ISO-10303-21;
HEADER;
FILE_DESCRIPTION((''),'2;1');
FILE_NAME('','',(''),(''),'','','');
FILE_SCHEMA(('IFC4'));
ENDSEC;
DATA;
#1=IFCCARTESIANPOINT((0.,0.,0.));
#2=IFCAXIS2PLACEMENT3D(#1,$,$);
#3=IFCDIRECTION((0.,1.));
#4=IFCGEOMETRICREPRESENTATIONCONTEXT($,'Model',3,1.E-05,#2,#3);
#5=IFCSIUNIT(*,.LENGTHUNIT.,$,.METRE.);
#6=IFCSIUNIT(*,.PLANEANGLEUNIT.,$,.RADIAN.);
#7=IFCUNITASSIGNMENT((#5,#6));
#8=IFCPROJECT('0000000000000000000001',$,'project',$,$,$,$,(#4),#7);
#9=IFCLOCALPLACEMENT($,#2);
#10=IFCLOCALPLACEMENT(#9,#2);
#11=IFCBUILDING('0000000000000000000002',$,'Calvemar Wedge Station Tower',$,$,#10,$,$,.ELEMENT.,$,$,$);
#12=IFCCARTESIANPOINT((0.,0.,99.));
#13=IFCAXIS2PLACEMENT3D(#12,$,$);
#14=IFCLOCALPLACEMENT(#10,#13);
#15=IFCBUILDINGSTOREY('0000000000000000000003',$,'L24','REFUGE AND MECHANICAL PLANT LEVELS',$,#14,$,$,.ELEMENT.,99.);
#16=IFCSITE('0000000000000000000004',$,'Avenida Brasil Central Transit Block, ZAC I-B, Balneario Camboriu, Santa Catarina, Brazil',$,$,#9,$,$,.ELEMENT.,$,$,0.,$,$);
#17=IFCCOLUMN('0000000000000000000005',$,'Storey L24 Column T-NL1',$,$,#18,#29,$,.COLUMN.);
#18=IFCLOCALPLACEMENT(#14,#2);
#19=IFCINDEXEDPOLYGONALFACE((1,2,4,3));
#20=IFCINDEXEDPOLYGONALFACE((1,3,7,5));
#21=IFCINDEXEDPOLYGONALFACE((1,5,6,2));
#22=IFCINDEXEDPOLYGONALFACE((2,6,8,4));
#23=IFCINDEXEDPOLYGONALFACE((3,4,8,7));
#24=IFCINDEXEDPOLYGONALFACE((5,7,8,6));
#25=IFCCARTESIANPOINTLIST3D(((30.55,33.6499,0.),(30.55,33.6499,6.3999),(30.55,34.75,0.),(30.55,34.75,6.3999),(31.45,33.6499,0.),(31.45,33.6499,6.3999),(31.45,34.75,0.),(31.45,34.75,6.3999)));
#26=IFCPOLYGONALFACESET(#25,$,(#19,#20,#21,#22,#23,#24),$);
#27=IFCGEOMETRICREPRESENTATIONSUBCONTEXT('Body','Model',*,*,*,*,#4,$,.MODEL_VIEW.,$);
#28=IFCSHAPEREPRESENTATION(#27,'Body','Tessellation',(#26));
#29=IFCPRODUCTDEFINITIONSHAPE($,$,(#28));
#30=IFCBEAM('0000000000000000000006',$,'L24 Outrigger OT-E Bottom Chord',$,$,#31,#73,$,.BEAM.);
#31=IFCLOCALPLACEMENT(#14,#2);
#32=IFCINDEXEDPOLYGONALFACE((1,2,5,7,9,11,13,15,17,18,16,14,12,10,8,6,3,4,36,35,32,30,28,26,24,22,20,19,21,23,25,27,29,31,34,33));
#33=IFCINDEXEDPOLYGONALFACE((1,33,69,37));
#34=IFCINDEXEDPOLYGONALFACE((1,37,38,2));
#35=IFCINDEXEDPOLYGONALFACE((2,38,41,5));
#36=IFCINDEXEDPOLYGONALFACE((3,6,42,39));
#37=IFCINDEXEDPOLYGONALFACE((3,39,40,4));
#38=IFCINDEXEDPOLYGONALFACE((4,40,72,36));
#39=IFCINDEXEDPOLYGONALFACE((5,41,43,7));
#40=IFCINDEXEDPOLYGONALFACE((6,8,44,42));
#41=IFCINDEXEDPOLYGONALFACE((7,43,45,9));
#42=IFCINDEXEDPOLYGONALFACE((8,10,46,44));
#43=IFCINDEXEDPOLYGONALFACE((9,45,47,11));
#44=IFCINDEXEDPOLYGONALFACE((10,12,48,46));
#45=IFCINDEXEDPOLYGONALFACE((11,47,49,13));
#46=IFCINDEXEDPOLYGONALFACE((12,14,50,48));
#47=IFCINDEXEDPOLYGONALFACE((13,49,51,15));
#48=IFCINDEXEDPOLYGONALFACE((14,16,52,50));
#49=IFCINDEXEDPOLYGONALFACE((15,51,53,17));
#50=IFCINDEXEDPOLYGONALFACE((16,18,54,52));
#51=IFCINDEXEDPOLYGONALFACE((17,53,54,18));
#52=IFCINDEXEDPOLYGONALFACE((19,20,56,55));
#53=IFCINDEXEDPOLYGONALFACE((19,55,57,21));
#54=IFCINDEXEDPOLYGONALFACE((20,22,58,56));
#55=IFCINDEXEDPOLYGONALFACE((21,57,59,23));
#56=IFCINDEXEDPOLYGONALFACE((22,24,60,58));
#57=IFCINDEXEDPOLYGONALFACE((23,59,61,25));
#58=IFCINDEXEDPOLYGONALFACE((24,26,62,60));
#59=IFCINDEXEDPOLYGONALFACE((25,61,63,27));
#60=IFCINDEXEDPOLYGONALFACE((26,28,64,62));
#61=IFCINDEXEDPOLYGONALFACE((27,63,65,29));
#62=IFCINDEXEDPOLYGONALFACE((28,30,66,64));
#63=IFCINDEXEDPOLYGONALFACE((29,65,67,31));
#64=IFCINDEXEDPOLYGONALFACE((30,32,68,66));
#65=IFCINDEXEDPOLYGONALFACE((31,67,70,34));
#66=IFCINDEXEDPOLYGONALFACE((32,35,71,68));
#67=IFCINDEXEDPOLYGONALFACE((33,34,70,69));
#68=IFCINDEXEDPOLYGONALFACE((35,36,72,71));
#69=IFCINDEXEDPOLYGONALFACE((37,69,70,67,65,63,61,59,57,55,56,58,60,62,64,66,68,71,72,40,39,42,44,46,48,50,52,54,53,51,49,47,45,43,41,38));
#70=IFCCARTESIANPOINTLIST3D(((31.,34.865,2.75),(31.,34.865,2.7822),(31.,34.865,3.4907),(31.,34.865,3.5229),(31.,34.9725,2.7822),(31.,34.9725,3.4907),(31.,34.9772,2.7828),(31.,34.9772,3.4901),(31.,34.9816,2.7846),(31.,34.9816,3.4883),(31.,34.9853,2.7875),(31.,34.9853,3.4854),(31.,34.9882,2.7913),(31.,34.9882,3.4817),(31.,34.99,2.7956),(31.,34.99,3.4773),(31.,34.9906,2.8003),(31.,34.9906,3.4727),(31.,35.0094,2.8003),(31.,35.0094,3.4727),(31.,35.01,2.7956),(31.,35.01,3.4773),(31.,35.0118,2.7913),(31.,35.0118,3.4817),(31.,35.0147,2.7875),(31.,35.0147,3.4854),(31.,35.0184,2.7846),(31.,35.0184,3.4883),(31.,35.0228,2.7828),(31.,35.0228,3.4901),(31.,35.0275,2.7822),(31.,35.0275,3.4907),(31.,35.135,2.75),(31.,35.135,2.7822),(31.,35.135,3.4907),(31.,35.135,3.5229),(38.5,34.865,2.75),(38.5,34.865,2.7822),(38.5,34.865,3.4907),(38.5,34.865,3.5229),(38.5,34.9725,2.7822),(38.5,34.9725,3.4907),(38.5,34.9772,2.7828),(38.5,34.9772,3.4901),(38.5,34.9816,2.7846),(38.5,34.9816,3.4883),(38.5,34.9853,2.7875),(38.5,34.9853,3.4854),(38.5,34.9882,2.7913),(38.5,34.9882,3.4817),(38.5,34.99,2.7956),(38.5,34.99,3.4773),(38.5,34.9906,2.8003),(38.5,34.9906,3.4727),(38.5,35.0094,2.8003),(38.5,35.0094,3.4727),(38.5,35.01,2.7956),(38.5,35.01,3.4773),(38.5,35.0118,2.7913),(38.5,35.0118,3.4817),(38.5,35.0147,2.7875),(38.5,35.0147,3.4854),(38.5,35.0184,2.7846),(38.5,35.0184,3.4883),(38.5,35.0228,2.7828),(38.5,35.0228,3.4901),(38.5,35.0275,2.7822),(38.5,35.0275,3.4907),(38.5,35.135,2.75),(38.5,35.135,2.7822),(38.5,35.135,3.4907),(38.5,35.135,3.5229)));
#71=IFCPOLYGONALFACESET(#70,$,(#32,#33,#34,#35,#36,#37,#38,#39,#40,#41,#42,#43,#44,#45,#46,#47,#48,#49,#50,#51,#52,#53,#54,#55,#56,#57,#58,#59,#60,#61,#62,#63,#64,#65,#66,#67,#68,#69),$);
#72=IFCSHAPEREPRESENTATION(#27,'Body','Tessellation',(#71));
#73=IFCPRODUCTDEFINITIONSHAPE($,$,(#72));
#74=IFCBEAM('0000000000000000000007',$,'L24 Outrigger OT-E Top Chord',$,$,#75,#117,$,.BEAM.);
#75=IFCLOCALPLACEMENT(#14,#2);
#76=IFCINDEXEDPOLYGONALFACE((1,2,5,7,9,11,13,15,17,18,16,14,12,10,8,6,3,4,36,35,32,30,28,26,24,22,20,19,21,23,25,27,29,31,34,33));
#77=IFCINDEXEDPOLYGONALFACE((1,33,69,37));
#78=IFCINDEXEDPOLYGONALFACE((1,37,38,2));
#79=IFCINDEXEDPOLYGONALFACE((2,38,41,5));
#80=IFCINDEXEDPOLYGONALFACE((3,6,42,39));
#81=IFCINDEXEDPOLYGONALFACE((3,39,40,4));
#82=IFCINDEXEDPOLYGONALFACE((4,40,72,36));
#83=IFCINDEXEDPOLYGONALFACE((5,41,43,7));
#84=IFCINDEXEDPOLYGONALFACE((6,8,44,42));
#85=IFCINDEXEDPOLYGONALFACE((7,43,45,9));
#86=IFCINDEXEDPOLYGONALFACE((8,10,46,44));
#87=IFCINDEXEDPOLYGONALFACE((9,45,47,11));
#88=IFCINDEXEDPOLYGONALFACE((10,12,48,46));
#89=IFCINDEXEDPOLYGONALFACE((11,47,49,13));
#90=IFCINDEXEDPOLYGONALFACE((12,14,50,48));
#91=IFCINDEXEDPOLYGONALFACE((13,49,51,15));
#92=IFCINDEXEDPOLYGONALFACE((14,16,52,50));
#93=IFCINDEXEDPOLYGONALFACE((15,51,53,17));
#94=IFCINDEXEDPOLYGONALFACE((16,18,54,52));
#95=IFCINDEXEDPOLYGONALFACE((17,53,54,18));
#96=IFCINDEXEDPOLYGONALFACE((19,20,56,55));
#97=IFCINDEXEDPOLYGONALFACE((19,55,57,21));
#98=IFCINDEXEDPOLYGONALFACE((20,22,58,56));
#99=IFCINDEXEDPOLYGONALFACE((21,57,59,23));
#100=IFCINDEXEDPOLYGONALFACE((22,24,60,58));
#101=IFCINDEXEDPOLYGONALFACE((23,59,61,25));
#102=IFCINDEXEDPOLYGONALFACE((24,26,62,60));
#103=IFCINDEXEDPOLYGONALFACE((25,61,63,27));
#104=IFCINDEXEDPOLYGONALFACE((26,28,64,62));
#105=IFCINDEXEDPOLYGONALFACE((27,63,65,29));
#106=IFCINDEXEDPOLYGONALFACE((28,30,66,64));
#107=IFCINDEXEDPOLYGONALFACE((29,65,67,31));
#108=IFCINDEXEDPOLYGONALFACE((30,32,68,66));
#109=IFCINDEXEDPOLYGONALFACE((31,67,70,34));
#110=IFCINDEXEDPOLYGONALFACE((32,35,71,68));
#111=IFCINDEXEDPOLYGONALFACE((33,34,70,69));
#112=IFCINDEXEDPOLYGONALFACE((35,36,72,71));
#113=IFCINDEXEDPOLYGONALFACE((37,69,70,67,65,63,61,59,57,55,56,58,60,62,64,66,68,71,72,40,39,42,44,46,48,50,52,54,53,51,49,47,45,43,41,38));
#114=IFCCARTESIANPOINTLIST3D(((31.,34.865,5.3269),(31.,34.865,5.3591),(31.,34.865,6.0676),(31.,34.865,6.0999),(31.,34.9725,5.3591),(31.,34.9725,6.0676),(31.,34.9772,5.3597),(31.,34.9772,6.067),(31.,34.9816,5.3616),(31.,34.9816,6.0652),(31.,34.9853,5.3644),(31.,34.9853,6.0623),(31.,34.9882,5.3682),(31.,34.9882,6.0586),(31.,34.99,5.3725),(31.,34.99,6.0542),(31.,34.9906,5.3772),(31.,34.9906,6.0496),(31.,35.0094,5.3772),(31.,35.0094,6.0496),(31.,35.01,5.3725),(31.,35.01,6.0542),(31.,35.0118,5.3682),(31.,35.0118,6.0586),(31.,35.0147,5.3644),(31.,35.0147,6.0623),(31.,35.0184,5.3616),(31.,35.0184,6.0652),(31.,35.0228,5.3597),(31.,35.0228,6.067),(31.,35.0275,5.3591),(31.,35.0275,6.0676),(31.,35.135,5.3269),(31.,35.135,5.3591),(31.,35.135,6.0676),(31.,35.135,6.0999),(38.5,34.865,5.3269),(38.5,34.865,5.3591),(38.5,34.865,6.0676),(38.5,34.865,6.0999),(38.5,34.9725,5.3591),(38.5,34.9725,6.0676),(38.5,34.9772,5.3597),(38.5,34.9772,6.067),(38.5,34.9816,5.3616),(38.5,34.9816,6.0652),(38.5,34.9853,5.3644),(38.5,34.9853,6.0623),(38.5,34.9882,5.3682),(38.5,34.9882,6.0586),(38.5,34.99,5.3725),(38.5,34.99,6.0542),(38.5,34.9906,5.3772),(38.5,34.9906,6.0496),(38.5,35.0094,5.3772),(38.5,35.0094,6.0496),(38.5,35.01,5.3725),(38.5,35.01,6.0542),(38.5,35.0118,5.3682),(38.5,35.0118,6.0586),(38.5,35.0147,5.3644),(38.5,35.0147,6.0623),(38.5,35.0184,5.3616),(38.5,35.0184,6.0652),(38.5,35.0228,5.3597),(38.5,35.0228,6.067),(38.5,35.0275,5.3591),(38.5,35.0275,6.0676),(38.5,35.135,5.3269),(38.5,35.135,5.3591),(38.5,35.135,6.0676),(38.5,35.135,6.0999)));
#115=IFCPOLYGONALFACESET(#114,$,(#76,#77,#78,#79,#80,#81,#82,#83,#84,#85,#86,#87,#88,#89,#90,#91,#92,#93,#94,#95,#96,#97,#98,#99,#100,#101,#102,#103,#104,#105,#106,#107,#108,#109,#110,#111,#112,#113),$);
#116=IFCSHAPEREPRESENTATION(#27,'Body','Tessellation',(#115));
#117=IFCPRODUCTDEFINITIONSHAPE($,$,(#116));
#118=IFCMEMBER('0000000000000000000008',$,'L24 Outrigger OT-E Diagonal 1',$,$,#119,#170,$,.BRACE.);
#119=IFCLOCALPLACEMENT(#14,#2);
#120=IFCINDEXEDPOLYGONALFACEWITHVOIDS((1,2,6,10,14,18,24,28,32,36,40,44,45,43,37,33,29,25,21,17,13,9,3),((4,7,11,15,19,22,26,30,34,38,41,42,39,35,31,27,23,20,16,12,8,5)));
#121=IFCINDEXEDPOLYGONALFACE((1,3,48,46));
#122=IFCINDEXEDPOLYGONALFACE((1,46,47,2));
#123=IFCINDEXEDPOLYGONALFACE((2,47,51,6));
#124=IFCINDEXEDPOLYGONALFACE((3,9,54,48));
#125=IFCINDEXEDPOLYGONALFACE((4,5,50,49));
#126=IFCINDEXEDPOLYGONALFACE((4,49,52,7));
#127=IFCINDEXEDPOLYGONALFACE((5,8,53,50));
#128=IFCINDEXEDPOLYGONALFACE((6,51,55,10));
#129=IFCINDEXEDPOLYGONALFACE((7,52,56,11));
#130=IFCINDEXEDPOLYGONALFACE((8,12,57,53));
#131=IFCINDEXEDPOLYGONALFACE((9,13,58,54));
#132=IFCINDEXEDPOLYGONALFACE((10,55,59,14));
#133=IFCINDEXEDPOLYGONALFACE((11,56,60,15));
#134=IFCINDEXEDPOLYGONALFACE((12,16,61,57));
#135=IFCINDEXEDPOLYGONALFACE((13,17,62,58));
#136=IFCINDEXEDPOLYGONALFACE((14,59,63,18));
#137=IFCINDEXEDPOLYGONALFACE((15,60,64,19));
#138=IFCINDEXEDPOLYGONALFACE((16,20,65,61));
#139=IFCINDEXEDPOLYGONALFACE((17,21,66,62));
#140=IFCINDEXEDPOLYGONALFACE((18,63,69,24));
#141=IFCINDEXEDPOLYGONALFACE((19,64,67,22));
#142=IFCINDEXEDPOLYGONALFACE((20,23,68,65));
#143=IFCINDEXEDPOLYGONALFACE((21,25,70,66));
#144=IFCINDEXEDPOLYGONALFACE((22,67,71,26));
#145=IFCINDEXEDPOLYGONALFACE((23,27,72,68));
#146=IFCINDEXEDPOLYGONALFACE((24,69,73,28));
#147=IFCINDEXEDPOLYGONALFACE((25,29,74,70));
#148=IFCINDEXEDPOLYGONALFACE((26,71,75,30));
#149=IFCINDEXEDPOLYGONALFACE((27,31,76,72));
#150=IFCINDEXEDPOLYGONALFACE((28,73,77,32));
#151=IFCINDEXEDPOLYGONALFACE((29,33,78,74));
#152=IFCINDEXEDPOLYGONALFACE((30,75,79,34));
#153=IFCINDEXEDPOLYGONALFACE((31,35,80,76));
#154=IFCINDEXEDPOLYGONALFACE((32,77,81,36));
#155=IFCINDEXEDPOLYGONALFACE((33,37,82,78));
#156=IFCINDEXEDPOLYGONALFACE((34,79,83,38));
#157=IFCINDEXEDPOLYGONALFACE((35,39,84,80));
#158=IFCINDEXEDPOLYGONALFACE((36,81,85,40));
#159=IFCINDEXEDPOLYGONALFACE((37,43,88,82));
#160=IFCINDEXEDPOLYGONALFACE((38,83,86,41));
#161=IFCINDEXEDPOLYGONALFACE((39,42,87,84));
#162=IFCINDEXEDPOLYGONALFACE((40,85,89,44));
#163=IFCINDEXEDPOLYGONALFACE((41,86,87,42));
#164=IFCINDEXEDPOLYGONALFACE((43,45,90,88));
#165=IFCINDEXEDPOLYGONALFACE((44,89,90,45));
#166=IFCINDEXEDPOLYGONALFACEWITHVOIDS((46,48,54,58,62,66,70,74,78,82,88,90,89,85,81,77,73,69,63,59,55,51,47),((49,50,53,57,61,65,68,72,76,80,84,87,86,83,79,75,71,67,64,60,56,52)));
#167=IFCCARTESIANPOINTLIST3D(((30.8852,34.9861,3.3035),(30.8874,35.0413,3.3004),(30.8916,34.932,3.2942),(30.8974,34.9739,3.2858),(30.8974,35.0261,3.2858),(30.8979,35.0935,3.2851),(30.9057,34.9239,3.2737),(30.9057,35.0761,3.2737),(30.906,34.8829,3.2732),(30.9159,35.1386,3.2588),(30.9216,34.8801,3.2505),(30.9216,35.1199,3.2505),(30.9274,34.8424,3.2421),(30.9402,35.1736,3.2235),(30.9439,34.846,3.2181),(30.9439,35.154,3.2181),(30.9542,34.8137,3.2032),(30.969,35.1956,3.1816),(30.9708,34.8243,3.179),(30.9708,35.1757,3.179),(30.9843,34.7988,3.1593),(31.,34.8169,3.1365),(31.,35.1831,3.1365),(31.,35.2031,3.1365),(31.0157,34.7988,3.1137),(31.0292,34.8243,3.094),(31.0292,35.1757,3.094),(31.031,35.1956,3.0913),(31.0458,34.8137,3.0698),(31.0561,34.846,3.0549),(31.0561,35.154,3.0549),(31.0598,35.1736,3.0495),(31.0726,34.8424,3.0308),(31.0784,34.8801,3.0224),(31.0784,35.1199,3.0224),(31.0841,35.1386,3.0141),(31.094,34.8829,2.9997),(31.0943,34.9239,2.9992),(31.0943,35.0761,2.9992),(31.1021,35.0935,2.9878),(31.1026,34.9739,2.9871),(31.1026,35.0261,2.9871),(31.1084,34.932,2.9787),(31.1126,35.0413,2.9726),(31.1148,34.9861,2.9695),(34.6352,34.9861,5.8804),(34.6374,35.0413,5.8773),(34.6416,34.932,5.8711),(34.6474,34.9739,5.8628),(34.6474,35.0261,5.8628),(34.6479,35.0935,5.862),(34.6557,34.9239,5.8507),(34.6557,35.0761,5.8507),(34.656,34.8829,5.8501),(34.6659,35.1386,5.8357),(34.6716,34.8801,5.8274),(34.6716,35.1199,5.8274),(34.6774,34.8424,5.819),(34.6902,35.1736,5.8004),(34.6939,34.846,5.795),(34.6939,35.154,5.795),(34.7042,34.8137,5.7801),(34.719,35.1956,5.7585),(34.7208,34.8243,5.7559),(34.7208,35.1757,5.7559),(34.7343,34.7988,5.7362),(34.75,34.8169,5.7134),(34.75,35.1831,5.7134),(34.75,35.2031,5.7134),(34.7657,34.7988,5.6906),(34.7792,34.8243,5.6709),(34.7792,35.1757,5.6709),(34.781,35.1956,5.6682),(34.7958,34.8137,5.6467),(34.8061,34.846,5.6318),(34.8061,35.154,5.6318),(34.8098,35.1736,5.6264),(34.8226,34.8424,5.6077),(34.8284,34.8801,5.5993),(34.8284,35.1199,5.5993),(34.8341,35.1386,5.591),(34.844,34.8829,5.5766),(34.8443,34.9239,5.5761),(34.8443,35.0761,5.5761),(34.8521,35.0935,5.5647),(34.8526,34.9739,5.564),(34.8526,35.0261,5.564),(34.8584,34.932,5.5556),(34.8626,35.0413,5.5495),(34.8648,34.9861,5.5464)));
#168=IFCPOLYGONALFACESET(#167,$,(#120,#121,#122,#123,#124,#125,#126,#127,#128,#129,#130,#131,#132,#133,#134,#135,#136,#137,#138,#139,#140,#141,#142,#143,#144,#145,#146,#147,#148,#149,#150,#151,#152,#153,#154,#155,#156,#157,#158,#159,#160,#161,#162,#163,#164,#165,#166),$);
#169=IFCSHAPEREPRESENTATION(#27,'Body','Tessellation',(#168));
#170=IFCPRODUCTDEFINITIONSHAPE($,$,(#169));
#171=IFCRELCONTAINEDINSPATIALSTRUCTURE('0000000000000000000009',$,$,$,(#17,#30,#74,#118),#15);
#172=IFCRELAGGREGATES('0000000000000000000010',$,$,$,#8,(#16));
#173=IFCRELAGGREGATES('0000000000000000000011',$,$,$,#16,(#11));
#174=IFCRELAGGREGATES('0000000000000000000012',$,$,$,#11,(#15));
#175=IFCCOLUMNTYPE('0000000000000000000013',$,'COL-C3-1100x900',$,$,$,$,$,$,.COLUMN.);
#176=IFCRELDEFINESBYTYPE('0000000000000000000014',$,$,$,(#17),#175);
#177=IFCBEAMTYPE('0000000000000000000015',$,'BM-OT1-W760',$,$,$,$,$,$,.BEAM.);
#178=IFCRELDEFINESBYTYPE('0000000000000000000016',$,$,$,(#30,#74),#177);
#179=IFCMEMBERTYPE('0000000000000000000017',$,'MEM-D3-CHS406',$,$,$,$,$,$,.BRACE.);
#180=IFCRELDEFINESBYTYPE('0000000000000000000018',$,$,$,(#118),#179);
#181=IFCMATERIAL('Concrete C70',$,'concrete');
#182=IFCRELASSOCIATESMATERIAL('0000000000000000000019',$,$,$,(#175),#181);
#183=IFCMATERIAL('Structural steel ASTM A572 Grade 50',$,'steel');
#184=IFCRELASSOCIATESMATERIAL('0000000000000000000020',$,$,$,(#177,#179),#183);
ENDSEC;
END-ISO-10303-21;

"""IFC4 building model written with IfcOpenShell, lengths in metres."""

from ifc_helpers import new_model, si_unit, direction, frame, origin, origin_2d, place, context, subcontext, project, spatial, rectangle, hollow_circle, i_section, extrude, source, transform, mapped, material, material_profile, profile_set, type_object, element, save


model = new_model("IFC4")

# Units and contexts
model_context = context("Model", 3, precision=1e-05, world=origin(), true_north=direction((0.0, 1.0)))
body_context = subcontext(model_context, "Body", "Model", "MODEL_VIEW")
ifc_project = project(units=[si_unit("LENGTHUNIT", "METRE"), si_unit("PLANEANGLEUNIT", "RADIAN")], contexts=[model_context])

# Site, building, storey
site_placement = place(None, origin())
site = spatial("IfcSite", under=ifc_project, at=site_placement, Name="Avenida Brasil Central Transit Block, ZAC I-B, Balneario Camboriu, Santa Catarina, Brazil", CompositionType="ELEMENT", RefElevation=0.0)
building_placement = place(site_placement, origin())
building = spatial("IfcBuilding", under=site, at=building_placement, Name="Calvemar Wedge Station Tower", CompositionType="ELEMENT")
storey_placement = place(building_placement, frame((0.0, 0.0, 99.0)))
storey = spatial("IfcBuildingStorey", under=building, at=storey_placement, Name="L24", Description="REFUGE AND MECHANICAL PLANT LEVELS", CompositionType="ELEMENT", Elevation=99.0)

# Column
ifc_material_1 = material(Name="Concrete C70", Category="concrete")
ifc_material_profile_1 = material_profile(ifc_material_1, rectangle(XDim=0.8999, YDim=1.1001, at=origin_2d()), Name="RC1100x900")
ifc_profile_set_1 = profile_set([ifc_material_profile_1], Name="Concrete C70")
column_type = type_object("IfcColumnType", Name="COL-C3-1100x900", PredefinedType="COLUMN", material=ifc_profile_set_1)
shared_shape_1 = source(origin(), body_context, "Body", "SweptSolid", [
    extrude(rectangle(XDim=0.8999, YDim=1.1001, at=origin_2d()), origin(), (0.0, 0.0, 1.0), 6.3999),
])
column_placement = place(storey_placement, frame((31.0, 34.2, 0.0), z_axis=(0.0, 0.0, 1.0), x_axis=(1.0, 0.0, 0.0)))
element("IfcColumn", 1, at=column_placement, inside=storey, type_object=column_type, Name="Storey L24 Column T-NL1", PredefinedType="COLUMN", context=body_context, shape_type="MappedRepresentation", body=[
    mapped(shared_shape_1, transform((0.0, 0.0, 0.0), scale=1.0)),
])

# Beams
ifc_material_2 = material(Name="Structural steel ASTM A572 Grade 50", Category="steel")
ifc_material_profile_2 = material_profile(ifc_material_2, i_section(OverallWidth=0.27, OverallDepth=0.7729, WebThickness=0.0188, FlangeThickness=0.0322, FilletRadius=0.0181, at=origin_2d()), Name="W760x257")
ifc_profile_set_2 = profile_set([ifc_material_profile_2], Name="Structural steel ASTM A572 Grade 50")
beam_type_1 = type_object("IfcBeamType", Name="BM-OT1-W760", PredefinedType="BEAM", material=ifc_profile_set_2)
shared_shape_2 = source(origin(), body_context, "Body", "SweptSolid", [
    extrude(i_section(OverallWidth=0.27, OverallDepth=0.7729, WebThickness=0.0188, FlangeThickness=0.0322, FilletRadius=0.0181, at=origin_2d()), origin(), (0.0, 0.0, 1.0), 7.5),
])
for number, where, z_axis, x_axis, name in (
    (2, (31.0, 35.0, 3.1365), (1.0, 0.0, 0.0), (0.0, 1.0, 0.0), "L24 Outrigger OT-E Bottom Chord"),
    (3, (31.0, 35.0, 5.7134), (1.0, 0.0, 0.0), (0.0, 1.0, 0.0), "L24 Outrigger OT-E Top Chord"),
):
    element("IfcBeam", number, at=place(storey_placement, frame(where, z_axis=z_axis, x_axis=x_axis)), inside=storey, type_object=beam_type_1, Name=name, PredefinedType="BEAM", context=body_context, shape_type="MappedRepresentation", body=[
        mapped(shared_shape_2, transform((0.0, 0.0, 0.0), scale=1.0)),
    ])

# Member
ifc_material_profile_3 = material_profile(ifc_material_2, hollow_circle(Radius=0.2031, WallThickness=0.02, at=origin_2d()), Name="CHS406.4x20")
ifc_profile_set_3 = profile_set([ifc_material_profile_3], Name="Structural steel ASTM A572 Grade 50")
member_type_1 = type_object("IfcMemberType", Name="MEM-D3-CHS406", PredefinedType="BRACE", material=ifc_profile_set_3)
shared_shape_3 = source(origin(), body_context, "Body", "SweptSolid", [
    extrude(hollow_circle(Radius=0.2031, WallThickness=0.02, at=origin_2d()), origin(), (0.0, 0.0, 1.0), 4.55),
])
member_placement = place(storey_placement, frame((31.0, 35.0, 3.1365), z_axis=(0.824167, 0.0, 0.566347), x_axis=(0.0, 1.0, 0.0)))
element("IfcMember", 4, at=member_placement, inside=storey, type_object=member_type_1, Name="L24 Outrigger OT-E Diagonal 1", PredefinedType="BRACE", context=body_context, shape_type="MappedRepresentation", body=[
    mapped(shared_shape_3, transform((0.0, 0.0, 0.0), scale=1.0)),
])

save(model, "model.ifc")
